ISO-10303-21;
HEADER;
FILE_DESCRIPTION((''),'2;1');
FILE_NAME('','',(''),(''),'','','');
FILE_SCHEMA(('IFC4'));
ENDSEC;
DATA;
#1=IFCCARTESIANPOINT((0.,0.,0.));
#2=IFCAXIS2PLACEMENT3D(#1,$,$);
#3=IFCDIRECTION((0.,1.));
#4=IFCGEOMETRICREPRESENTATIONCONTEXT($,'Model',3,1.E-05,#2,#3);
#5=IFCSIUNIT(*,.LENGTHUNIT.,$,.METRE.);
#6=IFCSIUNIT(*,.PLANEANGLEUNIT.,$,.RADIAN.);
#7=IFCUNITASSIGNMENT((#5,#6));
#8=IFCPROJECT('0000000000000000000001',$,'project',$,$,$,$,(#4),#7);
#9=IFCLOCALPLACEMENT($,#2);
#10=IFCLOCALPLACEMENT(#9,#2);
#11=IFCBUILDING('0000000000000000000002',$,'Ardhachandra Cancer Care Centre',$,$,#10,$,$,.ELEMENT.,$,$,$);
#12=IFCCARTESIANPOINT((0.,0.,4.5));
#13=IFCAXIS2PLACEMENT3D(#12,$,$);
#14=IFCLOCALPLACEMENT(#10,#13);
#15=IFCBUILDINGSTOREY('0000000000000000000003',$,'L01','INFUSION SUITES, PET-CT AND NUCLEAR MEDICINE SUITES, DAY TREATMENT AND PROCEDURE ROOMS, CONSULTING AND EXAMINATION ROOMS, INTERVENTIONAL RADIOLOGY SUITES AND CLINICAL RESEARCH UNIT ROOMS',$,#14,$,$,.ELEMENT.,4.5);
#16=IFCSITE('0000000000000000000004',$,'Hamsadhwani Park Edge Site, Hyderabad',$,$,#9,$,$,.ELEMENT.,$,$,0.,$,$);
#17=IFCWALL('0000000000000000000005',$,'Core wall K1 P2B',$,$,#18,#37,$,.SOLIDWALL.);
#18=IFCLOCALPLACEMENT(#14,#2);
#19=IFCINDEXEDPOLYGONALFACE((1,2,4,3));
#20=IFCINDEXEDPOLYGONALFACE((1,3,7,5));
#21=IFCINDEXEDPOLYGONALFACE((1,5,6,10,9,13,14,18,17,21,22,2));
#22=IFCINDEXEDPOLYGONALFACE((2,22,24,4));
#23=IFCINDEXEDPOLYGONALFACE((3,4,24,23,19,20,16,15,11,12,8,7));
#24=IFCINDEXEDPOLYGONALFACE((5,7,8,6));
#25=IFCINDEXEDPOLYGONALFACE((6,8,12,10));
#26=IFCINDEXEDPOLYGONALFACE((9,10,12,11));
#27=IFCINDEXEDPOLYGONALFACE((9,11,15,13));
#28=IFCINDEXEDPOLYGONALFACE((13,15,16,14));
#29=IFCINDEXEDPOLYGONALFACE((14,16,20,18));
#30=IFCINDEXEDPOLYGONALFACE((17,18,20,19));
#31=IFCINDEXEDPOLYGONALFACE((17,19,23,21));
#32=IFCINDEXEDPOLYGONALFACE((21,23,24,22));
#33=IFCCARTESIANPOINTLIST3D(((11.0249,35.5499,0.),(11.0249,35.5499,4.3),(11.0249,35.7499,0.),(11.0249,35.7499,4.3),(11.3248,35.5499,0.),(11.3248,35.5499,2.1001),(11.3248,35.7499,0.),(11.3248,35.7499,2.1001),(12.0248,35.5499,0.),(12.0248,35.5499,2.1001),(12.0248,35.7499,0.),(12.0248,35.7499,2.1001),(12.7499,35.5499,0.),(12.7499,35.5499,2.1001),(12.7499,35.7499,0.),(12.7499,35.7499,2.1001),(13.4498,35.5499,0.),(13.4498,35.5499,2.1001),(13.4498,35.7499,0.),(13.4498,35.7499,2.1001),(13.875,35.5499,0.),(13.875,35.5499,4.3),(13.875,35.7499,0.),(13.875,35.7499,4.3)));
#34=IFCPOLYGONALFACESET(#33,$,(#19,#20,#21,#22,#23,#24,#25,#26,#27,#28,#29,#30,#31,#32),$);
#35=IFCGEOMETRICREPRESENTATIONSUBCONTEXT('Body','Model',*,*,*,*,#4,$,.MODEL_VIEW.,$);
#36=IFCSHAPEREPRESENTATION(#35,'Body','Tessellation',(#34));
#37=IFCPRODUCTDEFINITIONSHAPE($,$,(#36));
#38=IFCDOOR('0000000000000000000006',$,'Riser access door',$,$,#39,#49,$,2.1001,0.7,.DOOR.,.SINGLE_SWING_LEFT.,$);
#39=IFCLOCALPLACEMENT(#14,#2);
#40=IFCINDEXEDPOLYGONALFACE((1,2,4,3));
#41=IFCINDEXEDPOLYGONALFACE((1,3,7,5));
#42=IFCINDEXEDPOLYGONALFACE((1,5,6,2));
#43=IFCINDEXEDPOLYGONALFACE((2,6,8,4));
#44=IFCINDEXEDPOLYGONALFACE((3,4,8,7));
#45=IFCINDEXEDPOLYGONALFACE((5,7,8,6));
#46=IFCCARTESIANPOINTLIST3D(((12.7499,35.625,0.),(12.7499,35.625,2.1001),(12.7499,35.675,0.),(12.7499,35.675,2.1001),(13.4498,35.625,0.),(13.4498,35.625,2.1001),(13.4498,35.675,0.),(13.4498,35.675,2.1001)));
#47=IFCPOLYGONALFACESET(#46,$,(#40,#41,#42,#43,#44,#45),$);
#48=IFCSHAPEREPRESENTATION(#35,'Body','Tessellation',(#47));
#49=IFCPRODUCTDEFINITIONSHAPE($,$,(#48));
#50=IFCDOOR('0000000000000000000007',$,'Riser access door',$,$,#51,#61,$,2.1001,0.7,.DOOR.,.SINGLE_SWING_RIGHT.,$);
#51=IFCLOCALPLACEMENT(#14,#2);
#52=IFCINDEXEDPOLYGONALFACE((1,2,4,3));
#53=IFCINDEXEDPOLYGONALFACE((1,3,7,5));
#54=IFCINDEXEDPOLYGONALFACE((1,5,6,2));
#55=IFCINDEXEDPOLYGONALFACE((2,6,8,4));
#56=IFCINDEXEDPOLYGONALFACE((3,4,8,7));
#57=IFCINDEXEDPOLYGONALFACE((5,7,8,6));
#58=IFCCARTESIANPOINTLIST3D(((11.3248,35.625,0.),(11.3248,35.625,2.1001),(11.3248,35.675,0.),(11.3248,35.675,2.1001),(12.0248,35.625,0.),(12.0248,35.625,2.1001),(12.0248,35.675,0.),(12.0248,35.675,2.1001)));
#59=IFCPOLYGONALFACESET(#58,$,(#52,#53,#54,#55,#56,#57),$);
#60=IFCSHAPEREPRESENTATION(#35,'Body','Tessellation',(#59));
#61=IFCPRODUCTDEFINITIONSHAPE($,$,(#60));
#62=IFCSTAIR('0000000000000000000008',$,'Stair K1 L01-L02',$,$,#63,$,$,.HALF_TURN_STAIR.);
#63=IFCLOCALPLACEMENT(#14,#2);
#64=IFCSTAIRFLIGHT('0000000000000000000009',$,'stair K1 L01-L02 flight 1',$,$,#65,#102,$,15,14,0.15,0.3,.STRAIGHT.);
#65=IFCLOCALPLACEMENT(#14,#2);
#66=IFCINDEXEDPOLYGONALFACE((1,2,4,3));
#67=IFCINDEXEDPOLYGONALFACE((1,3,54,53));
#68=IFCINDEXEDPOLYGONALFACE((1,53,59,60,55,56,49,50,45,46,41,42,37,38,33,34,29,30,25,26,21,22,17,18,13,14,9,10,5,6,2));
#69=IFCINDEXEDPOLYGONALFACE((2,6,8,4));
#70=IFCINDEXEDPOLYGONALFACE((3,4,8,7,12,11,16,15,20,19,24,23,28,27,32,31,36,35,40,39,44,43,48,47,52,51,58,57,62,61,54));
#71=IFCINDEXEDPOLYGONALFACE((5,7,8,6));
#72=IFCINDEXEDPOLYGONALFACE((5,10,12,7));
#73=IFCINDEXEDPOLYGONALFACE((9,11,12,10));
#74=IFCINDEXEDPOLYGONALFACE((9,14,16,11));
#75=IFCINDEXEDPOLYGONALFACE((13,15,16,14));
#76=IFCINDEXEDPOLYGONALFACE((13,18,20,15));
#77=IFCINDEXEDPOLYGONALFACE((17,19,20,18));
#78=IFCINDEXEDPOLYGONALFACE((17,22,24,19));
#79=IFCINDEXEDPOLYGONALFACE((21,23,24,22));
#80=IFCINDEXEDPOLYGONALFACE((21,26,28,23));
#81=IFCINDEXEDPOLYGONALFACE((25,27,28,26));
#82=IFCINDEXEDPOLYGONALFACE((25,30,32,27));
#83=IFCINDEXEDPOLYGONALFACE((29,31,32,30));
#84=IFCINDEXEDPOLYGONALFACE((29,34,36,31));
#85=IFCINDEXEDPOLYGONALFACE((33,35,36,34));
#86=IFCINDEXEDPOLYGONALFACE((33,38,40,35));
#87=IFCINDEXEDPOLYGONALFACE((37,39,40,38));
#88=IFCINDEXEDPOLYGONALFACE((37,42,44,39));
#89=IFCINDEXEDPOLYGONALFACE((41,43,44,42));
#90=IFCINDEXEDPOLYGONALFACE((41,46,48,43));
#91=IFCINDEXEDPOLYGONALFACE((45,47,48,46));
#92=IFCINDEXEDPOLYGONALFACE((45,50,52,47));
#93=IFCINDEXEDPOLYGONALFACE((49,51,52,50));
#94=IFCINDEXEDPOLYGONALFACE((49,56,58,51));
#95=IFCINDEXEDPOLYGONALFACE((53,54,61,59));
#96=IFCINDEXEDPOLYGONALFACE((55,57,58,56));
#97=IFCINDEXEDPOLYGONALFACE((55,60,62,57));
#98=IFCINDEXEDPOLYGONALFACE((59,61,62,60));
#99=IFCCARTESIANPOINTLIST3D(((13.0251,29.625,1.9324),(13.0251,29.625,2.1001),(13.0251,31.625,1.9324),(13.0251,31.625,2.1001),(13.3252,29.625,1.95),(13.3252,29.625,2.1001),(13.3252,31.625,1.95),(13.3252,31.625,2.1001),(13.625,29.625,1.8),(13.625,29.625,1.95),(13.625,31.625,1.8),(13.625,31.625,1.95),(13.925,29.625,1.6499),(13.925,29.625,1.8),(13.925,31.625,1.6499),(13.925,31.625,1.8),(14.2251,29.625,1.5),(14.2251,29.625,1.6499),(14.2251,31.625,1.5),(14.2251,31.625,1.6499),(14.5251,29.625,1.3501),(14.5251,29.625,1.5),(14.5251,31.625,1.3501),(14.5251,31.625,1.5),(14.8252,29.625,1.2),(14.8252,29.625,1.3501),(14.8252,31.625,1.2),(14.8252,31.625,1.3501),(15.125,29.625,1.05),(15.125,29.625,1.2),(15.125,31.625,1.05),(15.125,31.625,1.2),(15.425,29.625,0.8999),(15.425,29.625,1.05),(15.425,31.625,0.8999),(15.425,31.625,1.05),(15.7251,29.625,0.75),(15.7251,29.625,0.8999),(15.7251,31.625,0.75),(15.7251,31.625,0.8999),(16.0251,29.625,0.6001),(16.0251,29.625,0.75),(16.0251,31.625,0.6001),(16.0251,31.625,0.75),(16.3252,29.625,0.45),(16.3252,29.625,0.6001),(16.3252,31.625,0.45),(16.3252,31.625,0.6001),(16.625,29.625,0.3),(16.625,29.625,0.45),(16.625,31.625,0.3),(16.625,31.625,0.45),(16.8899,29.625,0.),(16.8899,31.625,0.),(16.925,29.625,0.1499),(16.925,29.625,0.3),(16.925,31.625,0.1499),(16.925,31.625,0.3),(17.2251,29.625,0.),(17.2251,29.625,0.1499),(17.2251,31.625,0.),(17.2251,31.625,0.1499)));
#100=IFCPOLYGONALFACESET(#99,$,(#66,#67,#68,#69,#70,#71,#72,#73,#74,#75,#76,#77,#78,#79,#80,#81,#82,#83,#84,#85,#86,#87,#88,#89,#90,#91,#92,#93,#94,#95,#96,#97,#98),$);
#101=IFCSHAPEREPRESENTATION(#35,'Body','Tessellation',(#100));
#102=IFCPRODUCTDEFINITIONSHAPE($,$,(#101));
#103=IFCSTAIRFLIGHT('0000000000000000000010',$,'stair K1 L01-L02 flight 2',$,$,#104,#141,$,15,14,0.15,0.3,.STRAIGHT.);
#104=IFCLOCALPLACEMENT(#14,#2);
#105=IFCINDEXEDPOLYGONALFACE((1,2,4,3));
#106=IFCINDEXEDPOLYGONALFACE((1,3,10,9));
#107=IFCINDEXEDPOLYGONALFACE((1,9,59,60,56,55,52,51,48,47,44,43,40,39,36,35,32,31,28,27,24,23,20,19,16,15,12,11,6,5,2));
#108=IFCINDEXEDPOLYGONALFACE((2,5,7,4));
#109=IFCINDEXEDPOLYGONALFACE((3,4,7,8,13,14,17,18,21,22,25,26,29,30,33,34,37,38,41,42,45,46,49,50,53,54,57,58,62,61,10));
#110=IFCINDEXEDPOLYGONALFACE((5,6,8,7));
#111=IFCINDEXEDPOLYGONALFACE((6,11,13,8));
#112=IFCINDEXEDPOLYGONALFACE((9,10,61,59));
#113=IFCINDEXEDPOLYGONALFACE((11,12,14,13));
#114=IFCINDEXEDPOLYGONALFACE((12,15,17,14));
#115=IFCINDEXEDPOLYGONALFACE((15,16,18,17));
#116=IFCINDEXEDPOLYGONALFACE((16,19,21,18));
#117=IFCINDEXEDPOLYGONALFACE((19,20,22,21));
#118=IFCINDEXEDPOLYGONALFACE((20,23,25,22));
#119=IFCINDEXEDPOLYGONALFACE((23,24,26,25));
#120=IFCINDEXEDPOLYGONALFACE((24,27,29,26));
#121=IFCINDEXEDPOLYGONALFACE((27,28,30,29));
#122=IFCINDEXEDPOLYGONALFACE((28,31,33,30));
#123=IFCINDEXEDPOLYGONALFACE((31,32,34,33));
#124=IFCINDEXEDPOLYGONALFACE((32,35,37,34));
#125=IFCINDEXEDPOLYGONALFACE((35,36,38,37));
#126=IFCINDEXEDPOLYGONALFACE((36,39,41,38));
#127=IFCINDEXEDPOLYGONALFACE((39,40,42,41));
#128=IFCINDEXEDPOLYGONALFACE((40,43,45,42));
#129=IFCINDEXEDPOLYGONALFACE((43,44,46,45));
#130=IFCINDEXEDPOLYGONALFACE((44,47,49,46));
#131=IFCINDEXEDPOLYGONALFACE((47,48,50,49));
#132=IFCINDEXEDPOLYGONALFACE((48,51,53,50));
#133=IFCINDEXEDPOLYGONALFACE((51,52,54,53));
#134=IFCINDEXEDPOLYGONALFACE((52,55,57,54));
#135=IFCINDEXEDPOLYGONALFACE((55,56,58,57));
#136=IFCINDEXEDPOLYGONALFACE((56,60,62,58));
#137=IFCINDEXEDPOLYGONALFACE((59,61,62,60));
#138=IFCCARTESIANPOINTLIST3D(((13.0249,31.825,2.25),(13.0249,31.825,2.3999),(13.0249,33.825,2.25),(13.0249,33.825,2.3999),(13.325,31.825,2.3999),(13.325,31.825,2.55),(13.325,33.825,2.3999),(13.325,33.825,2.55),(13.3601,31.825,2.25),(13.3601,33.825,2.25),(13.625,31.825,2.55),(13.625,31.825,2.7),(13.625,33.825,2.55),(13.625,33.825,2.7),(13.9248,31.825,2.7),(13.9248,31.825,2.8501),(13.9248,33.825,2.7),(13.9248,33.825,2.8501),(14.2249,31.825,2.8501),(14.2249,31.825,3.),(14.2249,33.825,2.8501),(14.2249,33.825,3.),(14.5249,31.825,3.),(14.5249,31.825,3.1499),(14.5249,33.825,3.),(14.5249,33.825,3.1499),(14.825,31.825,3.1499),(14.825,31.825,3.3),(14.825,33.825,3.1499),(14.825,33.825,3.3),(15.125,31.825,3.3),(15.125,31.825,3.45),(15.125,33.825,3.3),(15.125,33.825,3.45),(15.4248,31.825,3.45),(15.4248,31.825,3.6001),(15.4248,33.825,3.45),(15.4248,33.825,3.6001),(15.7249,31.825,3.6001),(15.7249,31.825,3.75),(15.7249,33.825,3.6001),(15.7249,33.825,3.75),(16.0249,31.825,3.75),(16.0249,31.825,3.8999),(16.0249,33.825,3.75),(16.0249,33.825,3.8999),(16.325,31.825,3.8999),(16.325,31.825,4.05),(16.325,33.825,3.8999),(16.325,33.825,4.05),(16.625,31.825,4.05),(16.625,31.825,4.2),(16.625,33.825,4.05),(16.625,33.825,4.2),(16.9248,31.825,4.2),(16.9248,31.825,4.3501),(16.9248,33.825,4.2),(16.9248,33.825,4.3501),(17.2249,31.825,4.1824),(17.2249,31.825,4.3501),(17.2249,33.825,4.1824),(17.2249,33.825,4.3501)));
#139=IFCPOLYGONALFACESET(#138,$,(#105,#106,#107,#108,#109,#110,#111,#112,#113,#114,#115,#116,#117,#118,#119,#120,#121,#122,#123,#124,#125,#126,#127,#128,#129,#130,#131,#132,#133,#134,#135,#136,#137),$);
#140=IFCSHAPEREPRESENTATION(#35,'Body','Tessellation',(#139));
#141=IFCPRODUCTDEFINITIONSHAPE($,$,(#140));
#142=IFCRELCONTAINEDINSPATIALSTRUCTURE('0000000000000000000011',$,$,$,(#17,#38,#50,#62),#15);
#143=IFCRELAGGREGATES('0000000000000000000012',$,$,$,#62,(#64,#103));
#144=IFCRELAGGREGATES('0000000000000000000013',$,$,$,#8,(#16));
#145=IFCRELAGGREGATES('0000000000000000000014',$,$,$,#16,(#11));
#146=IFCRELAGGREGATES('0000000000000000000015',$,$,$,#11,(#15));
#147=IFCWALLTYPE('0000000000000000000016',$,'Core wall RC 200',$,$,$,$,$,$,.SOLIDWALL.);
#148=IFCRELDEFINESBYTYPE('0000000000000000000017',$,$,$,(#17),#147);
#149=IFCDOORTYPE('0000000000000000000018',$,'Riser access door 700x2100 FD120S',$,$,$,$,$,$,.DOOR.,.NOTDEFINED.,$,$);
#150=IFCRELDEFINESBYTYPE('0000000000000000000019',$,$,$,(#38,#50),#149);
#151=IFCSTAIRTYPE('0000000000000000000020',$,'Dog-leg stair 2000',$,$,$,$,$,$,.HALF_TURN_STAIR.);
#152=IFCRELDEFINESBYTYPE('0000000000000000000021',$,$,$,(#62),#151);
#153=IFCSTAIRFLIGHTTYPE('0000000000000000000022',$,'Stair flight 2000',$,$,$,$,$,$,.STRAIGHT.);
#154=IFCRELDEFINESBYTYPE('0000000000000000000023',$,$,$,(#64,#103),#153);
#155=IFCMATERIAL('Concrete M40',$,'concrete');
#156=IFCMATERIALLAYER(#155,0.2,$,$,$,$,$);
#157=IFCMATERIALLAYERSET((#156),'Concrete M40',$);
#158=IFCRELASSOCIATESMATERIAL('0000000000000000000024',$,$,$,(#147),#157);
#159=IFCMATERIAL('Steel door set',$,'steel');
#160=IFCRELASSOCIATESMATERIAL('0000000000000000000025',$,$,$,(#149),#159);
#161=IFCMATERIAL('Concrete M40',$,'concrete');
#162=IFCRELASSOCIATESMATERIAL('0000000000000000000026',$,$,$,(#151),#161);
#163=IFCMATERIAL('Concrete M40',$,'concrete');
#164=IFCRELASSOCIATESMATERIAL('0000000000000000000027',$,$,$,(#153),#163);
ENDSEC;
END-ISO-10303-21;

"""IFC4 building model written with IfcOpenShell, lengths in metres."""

from ifc_helpers import new_model, si_unit, direction, frame, frame_2d, origin, place, context, subcontext, project, spatial, polyline, rectangle, outline, extrude, material, layer, layer_set, type_object, element, fill, aggregate, save


model = new_model("IFC4")

# Units and contexts
model_context = context("Model", 3, precision=1e-05, world=origin(), true_north=direction((0.0, 1.0)))
body_context = subcontext(model_context, "Body", "Model", "MODEL_VIEW")
ifc_project = project(units=[si_unit("LENGTHUNIT", "METRE"), si_unit("PLANEANGLEUNIT", "RADIAN")], contexts=[model_context])

# Site, building, storey
site_placement = place(None, origin())
site = spatial("IfcSite", under=ifc_project, at=site_placement, Name="Hamsadhwani Park Edge Site, Hyderabad", CompositionType="ELEMENT", RefElevation=0.0)
building_placement = place(site_placement, origin())
building = spatial("IfcBuilding", under=site, at=building_placement, Name="Ardhachandra Cancer Care Centre", CompositionType="ELEMENT")
storey_placement = place(building_placement, frame((0.0, 0.0, 4.5)))
storey = spatial("IfcBuildingStorey", under=building, at=storey_placement, Name="L01", Description="INFUSION SUITES, PET-CT AND NUCLEAR MEDICINE SUITES, DAY TREATMENT AND PROCEDURE ROOMS, CONSULTING AND EXAMINATION ROOMS, INTERVENTIONAL RADIOLOGY SUITES AND CLINICAL RESEARCH UNIT ROOMS", CompositionType="ELEMENT", Elevation=4.5)

# Shared definitions
ifc_material_1 = material(Name="Concrete M40", Category="concrete")
ifc_layer_1 = layer(ifc_material_1, 0.2)
ifc_layer_set_1 = layer_set([ifc_layer_1], Name="Concrete M40")
wall_type = type_object("IfcWallType", Name="Core wall RC 200", PredefinedType="SOLIDWALL", material=ifc_layer_set_1)

# Wall, openings, doors
wall_1_placement = place(storey_placement, frame((13.875, 35.6499, 0.0), z_axis=(0.0, 0.0, 1.0), x_axis=(-1.0, 0.0, 0.0)))
wall_1 = element("IfcWall", 1, at=wall_1_placement, inside=storey, type_object=wall_type, Name="Core wall K1 P2B", PredefinedType="SOLIDWALL", context=body_context, shape_type="SweptSolid", body=[
    extrude(rectangle(XDim=2.8501, YDim=0.2, at=frame_2d((1.425, 0.0))), origin(), (0.0, 0.0, 1.0), 4.3),
])
opening_1_placement = place(wall_1_placement, frame((0.425, 0.0, 0.0)))
opening_1 = element("IfcOpeningElement", 2, at=opening_1_placement, cuts=wall_1, PredefinedType="OPENING", context=body_context, shape_type="SweptSolid", body=[
    extrude(rectangle(XDim=0.7, YDim=2.1001, at=frame_2d((0.3501, 1.05))), frame((0.0, 0.1099, 0.0), z_axis=(0.0, -1.0, 0.0), x_axis=(1.0, 0.0, 0.0)), (0.0, 0.0, 1.0), 0.22),
])
opening_2_placement = place(wall_1_placement, frame((1.8501, 0.0, 0.0)))
opening_2 = element("IfcOpeningElement", 3, at=opening_2_placement, cuts=wall_1, PredefinedType="OPENING", context=body_context, shape_type="SweptSolid", body=[
    extrude(rectangle(XDim=0.7, YDim=2.1001, at=frame_2d((0.3501, 1.05))), frame((0.0, 0.1099, 0.0), z_axis=(0.0, -1.0, 0.0), x_axis=(1.0, 0.0, 0.0)), (0.0, 0.0, 1.0), 0.22),
])
ifc_material_2 = material(Name="Steel door set", Category="steel")
door_type_1 = type_object("IfcDoorType", Name="Riser access door 700x2100 FD120S", OperationType="NOTDEFINED", PredefinedType="DOOR", material=ifc_material_2)
door_1_placement = place(opening_1_placement, origin())
door_1 = element("IfcDoor", 4, at=door_1_placement, inside=storey, type_object=door_type_1, Name="Riser access door", OperationType="SINGLE_SWING_LEFT", OverallHeight=2.1001, OverallWidth=0.7, PredefinedType="DOOR", context=body_context, shape_type="SweptSolid", body=[
    extrude(rectangle(XDim=0.7, YDim=2.1001, at=frame_2d((0.3501, 1.05))), frame((0.0, 0.0249, 0.0), z_axis=(0.0, -1.0, 0.0), x_axis=(1.0, 0.0, 0.0)), (0.0, 0.0, 1.0), 0.05),
])
fill(opening_1, door_1)
door_2_placement = place(opening_2_placement, origin())
door_2 = element("IfcDoor", 5, at=door_2_placement, inside=storey, type_object=door_type_1, Name="Riser access door", OperationType="SINGLE_SWING_RIGHT", OverallHeight=2.1001, OverallWidth=0.7, PredefinedType="DOOR", context=body_context, shape_type="SweptSolid", body=[
    extrude(rectangle(XDim=0.7, YDim=2.1001, at=frame_2d((0.3501, 1.05))), frame((0.0, 0.0249, 0.0), z_axis=(0.0, -1.0, 0.0), x_axis=(1.0, 0.0, 0.0)), (0.0, 0.0, 1.0), 0.05),
])
fill(opening_2, door_2)

# Stair, stair flights
ifc_material_3 = material(Name="Concrete M40", Category="concrete")
stair_type = type_object("IfcStairType", Name="Dog-leg stair 2000", PredefinedType="HALF_TURN_STAIR", material=ifc_material_3)
stair_placement = place(storey_placement, origin())
stair = element("IfcStair", 6, at=stair_placement, inside=storey, type_object=stair_type, Name="Stair K1 L01-L02", PredefinedType="HALF_TURN_STAIR")
ifc_material_4 = material(Name="Concrete M40", Category="concrete")
stair_flight_type = type_object("IfcStairFlightType", Name="Stair flight 2000", PredefinedType="STRAIGHT", material=ifc_material_4)
stair_flight_1_placement = place(storey_placement, frame((17.2251, 30.625, 0.0), z_axis=(0.0, 0.0, 1.0), x_axis=(-1.0, 0.0, 0.0)))
stair_flight_1 = element("IfcStairFlight", 7, at=stair_flight_1_placement, type_object=stair_flight_type, Name="stair K1 L01-L02 flight 1", NumberOfRisers=15, NumberOfTreads=14, PredefinedType="STRAIGHT", RiserHeight=0.15, TreadLength=0.3, context=body_context, shape_type="SweptSolid", body=[
    extrude(outline(polyline([(0.0, 0.0), (0.0, 0.1499), (0.3, 0.1499), (0.3, 0.3), (0.6001, 0.3), (0.6001, 0.45), (0.8999, 0.45), (0.8999, 0.6001), (1.2, 0.6001), (1.2, 0.75), (1.5, 0.75), (1.5, 0.8999), (1.8, 0.8999), (1.8, 1.05), (2.1001, 1.05), (2.1001, 1.2), (2.3999, 1.2), (2.3999, 1.3501), (2.7, 1.3501), (2.7, 1.5), (3.0, 1.5), (3.0, 1.6499), (3.3, 1.6499), (3.3, 1.8), (3.6001, 1.8), (3.6001, 1.95), (3.8999, 1.95), (3.8999, 2.1001), (4.2, 2.1001), (4.2, 2.25), (4.2, 1.9324), (0.3352, 0.0), (0.0, 0.0)])), frame((0.0, 1.0, 0.0), z_axis=(0.0, -1.0, 0.0), x_axis=(1.0, 0.0, 0.0)), (0.0, 0.0, 1.0), 2.0),
])
stair_flight_2_placement = place(storey_placement, frame((13.0249, 32.825, 2.25), z_axis=(0.0, 0.0, 1.0), x_axis=(1.0, 0.0, 0.0)))
stair_flight_2 = element("IfcStairFlight", 8, at=stair_flight_2_placement, type_object=stair_flight_type, Name="stair K1 L01-L02 flight 2", NumberOfRisers=15, NumberOfTreads=14, PredefinedType="STRAIGHT", RiserHeight=0.15, TreadLength=0.3, context=body_context, shape_type="SweptSolid", body=[
    extrude(outline(polyline([(0.0, 0.0), (0.0, 0.1499), (0.3, 0.1499), (0.3, 0.3), (0.6001, 0.3), (0.6001, 0.45), (0.8999, 0.45), (0.8999, 0.6001), (1.2, 0.6001), (1.2, 0.75), (1.5, 0.75), (1.5, 0.8999), (1.8, 0.8999), (1.8, 1.05), (2.1001, 1.05), (2.1001, 1.2), (2.3999, 1.2), (2.3999, 1.3501), (2.7, 1.3501), (2.7, 1.5), (3.0, 1.5), (3.0, 1.6499), (3.3, 1.6499), (3.3, 1.8), (3.6001, 1.8), (3.6001, 1.95), (3.8999, 1.95), (3.8999, 2.1001), (4.2, 2.1001), (4.2, 2.25), (4.2, 1.9324), (0.3352, 0.0), (0.0, 0.0)])), frame((0.0, 1.0, 0.0), z_axis=(0.0, -1.0, 0.0), x_axis=(1.0, 0.0, 0.0)), (0.0, 0.0, 1.0), 2.0),
])
aggregate(stair, [stair_flight_1, stair_flight_2])

save(model, "model.ifc")
